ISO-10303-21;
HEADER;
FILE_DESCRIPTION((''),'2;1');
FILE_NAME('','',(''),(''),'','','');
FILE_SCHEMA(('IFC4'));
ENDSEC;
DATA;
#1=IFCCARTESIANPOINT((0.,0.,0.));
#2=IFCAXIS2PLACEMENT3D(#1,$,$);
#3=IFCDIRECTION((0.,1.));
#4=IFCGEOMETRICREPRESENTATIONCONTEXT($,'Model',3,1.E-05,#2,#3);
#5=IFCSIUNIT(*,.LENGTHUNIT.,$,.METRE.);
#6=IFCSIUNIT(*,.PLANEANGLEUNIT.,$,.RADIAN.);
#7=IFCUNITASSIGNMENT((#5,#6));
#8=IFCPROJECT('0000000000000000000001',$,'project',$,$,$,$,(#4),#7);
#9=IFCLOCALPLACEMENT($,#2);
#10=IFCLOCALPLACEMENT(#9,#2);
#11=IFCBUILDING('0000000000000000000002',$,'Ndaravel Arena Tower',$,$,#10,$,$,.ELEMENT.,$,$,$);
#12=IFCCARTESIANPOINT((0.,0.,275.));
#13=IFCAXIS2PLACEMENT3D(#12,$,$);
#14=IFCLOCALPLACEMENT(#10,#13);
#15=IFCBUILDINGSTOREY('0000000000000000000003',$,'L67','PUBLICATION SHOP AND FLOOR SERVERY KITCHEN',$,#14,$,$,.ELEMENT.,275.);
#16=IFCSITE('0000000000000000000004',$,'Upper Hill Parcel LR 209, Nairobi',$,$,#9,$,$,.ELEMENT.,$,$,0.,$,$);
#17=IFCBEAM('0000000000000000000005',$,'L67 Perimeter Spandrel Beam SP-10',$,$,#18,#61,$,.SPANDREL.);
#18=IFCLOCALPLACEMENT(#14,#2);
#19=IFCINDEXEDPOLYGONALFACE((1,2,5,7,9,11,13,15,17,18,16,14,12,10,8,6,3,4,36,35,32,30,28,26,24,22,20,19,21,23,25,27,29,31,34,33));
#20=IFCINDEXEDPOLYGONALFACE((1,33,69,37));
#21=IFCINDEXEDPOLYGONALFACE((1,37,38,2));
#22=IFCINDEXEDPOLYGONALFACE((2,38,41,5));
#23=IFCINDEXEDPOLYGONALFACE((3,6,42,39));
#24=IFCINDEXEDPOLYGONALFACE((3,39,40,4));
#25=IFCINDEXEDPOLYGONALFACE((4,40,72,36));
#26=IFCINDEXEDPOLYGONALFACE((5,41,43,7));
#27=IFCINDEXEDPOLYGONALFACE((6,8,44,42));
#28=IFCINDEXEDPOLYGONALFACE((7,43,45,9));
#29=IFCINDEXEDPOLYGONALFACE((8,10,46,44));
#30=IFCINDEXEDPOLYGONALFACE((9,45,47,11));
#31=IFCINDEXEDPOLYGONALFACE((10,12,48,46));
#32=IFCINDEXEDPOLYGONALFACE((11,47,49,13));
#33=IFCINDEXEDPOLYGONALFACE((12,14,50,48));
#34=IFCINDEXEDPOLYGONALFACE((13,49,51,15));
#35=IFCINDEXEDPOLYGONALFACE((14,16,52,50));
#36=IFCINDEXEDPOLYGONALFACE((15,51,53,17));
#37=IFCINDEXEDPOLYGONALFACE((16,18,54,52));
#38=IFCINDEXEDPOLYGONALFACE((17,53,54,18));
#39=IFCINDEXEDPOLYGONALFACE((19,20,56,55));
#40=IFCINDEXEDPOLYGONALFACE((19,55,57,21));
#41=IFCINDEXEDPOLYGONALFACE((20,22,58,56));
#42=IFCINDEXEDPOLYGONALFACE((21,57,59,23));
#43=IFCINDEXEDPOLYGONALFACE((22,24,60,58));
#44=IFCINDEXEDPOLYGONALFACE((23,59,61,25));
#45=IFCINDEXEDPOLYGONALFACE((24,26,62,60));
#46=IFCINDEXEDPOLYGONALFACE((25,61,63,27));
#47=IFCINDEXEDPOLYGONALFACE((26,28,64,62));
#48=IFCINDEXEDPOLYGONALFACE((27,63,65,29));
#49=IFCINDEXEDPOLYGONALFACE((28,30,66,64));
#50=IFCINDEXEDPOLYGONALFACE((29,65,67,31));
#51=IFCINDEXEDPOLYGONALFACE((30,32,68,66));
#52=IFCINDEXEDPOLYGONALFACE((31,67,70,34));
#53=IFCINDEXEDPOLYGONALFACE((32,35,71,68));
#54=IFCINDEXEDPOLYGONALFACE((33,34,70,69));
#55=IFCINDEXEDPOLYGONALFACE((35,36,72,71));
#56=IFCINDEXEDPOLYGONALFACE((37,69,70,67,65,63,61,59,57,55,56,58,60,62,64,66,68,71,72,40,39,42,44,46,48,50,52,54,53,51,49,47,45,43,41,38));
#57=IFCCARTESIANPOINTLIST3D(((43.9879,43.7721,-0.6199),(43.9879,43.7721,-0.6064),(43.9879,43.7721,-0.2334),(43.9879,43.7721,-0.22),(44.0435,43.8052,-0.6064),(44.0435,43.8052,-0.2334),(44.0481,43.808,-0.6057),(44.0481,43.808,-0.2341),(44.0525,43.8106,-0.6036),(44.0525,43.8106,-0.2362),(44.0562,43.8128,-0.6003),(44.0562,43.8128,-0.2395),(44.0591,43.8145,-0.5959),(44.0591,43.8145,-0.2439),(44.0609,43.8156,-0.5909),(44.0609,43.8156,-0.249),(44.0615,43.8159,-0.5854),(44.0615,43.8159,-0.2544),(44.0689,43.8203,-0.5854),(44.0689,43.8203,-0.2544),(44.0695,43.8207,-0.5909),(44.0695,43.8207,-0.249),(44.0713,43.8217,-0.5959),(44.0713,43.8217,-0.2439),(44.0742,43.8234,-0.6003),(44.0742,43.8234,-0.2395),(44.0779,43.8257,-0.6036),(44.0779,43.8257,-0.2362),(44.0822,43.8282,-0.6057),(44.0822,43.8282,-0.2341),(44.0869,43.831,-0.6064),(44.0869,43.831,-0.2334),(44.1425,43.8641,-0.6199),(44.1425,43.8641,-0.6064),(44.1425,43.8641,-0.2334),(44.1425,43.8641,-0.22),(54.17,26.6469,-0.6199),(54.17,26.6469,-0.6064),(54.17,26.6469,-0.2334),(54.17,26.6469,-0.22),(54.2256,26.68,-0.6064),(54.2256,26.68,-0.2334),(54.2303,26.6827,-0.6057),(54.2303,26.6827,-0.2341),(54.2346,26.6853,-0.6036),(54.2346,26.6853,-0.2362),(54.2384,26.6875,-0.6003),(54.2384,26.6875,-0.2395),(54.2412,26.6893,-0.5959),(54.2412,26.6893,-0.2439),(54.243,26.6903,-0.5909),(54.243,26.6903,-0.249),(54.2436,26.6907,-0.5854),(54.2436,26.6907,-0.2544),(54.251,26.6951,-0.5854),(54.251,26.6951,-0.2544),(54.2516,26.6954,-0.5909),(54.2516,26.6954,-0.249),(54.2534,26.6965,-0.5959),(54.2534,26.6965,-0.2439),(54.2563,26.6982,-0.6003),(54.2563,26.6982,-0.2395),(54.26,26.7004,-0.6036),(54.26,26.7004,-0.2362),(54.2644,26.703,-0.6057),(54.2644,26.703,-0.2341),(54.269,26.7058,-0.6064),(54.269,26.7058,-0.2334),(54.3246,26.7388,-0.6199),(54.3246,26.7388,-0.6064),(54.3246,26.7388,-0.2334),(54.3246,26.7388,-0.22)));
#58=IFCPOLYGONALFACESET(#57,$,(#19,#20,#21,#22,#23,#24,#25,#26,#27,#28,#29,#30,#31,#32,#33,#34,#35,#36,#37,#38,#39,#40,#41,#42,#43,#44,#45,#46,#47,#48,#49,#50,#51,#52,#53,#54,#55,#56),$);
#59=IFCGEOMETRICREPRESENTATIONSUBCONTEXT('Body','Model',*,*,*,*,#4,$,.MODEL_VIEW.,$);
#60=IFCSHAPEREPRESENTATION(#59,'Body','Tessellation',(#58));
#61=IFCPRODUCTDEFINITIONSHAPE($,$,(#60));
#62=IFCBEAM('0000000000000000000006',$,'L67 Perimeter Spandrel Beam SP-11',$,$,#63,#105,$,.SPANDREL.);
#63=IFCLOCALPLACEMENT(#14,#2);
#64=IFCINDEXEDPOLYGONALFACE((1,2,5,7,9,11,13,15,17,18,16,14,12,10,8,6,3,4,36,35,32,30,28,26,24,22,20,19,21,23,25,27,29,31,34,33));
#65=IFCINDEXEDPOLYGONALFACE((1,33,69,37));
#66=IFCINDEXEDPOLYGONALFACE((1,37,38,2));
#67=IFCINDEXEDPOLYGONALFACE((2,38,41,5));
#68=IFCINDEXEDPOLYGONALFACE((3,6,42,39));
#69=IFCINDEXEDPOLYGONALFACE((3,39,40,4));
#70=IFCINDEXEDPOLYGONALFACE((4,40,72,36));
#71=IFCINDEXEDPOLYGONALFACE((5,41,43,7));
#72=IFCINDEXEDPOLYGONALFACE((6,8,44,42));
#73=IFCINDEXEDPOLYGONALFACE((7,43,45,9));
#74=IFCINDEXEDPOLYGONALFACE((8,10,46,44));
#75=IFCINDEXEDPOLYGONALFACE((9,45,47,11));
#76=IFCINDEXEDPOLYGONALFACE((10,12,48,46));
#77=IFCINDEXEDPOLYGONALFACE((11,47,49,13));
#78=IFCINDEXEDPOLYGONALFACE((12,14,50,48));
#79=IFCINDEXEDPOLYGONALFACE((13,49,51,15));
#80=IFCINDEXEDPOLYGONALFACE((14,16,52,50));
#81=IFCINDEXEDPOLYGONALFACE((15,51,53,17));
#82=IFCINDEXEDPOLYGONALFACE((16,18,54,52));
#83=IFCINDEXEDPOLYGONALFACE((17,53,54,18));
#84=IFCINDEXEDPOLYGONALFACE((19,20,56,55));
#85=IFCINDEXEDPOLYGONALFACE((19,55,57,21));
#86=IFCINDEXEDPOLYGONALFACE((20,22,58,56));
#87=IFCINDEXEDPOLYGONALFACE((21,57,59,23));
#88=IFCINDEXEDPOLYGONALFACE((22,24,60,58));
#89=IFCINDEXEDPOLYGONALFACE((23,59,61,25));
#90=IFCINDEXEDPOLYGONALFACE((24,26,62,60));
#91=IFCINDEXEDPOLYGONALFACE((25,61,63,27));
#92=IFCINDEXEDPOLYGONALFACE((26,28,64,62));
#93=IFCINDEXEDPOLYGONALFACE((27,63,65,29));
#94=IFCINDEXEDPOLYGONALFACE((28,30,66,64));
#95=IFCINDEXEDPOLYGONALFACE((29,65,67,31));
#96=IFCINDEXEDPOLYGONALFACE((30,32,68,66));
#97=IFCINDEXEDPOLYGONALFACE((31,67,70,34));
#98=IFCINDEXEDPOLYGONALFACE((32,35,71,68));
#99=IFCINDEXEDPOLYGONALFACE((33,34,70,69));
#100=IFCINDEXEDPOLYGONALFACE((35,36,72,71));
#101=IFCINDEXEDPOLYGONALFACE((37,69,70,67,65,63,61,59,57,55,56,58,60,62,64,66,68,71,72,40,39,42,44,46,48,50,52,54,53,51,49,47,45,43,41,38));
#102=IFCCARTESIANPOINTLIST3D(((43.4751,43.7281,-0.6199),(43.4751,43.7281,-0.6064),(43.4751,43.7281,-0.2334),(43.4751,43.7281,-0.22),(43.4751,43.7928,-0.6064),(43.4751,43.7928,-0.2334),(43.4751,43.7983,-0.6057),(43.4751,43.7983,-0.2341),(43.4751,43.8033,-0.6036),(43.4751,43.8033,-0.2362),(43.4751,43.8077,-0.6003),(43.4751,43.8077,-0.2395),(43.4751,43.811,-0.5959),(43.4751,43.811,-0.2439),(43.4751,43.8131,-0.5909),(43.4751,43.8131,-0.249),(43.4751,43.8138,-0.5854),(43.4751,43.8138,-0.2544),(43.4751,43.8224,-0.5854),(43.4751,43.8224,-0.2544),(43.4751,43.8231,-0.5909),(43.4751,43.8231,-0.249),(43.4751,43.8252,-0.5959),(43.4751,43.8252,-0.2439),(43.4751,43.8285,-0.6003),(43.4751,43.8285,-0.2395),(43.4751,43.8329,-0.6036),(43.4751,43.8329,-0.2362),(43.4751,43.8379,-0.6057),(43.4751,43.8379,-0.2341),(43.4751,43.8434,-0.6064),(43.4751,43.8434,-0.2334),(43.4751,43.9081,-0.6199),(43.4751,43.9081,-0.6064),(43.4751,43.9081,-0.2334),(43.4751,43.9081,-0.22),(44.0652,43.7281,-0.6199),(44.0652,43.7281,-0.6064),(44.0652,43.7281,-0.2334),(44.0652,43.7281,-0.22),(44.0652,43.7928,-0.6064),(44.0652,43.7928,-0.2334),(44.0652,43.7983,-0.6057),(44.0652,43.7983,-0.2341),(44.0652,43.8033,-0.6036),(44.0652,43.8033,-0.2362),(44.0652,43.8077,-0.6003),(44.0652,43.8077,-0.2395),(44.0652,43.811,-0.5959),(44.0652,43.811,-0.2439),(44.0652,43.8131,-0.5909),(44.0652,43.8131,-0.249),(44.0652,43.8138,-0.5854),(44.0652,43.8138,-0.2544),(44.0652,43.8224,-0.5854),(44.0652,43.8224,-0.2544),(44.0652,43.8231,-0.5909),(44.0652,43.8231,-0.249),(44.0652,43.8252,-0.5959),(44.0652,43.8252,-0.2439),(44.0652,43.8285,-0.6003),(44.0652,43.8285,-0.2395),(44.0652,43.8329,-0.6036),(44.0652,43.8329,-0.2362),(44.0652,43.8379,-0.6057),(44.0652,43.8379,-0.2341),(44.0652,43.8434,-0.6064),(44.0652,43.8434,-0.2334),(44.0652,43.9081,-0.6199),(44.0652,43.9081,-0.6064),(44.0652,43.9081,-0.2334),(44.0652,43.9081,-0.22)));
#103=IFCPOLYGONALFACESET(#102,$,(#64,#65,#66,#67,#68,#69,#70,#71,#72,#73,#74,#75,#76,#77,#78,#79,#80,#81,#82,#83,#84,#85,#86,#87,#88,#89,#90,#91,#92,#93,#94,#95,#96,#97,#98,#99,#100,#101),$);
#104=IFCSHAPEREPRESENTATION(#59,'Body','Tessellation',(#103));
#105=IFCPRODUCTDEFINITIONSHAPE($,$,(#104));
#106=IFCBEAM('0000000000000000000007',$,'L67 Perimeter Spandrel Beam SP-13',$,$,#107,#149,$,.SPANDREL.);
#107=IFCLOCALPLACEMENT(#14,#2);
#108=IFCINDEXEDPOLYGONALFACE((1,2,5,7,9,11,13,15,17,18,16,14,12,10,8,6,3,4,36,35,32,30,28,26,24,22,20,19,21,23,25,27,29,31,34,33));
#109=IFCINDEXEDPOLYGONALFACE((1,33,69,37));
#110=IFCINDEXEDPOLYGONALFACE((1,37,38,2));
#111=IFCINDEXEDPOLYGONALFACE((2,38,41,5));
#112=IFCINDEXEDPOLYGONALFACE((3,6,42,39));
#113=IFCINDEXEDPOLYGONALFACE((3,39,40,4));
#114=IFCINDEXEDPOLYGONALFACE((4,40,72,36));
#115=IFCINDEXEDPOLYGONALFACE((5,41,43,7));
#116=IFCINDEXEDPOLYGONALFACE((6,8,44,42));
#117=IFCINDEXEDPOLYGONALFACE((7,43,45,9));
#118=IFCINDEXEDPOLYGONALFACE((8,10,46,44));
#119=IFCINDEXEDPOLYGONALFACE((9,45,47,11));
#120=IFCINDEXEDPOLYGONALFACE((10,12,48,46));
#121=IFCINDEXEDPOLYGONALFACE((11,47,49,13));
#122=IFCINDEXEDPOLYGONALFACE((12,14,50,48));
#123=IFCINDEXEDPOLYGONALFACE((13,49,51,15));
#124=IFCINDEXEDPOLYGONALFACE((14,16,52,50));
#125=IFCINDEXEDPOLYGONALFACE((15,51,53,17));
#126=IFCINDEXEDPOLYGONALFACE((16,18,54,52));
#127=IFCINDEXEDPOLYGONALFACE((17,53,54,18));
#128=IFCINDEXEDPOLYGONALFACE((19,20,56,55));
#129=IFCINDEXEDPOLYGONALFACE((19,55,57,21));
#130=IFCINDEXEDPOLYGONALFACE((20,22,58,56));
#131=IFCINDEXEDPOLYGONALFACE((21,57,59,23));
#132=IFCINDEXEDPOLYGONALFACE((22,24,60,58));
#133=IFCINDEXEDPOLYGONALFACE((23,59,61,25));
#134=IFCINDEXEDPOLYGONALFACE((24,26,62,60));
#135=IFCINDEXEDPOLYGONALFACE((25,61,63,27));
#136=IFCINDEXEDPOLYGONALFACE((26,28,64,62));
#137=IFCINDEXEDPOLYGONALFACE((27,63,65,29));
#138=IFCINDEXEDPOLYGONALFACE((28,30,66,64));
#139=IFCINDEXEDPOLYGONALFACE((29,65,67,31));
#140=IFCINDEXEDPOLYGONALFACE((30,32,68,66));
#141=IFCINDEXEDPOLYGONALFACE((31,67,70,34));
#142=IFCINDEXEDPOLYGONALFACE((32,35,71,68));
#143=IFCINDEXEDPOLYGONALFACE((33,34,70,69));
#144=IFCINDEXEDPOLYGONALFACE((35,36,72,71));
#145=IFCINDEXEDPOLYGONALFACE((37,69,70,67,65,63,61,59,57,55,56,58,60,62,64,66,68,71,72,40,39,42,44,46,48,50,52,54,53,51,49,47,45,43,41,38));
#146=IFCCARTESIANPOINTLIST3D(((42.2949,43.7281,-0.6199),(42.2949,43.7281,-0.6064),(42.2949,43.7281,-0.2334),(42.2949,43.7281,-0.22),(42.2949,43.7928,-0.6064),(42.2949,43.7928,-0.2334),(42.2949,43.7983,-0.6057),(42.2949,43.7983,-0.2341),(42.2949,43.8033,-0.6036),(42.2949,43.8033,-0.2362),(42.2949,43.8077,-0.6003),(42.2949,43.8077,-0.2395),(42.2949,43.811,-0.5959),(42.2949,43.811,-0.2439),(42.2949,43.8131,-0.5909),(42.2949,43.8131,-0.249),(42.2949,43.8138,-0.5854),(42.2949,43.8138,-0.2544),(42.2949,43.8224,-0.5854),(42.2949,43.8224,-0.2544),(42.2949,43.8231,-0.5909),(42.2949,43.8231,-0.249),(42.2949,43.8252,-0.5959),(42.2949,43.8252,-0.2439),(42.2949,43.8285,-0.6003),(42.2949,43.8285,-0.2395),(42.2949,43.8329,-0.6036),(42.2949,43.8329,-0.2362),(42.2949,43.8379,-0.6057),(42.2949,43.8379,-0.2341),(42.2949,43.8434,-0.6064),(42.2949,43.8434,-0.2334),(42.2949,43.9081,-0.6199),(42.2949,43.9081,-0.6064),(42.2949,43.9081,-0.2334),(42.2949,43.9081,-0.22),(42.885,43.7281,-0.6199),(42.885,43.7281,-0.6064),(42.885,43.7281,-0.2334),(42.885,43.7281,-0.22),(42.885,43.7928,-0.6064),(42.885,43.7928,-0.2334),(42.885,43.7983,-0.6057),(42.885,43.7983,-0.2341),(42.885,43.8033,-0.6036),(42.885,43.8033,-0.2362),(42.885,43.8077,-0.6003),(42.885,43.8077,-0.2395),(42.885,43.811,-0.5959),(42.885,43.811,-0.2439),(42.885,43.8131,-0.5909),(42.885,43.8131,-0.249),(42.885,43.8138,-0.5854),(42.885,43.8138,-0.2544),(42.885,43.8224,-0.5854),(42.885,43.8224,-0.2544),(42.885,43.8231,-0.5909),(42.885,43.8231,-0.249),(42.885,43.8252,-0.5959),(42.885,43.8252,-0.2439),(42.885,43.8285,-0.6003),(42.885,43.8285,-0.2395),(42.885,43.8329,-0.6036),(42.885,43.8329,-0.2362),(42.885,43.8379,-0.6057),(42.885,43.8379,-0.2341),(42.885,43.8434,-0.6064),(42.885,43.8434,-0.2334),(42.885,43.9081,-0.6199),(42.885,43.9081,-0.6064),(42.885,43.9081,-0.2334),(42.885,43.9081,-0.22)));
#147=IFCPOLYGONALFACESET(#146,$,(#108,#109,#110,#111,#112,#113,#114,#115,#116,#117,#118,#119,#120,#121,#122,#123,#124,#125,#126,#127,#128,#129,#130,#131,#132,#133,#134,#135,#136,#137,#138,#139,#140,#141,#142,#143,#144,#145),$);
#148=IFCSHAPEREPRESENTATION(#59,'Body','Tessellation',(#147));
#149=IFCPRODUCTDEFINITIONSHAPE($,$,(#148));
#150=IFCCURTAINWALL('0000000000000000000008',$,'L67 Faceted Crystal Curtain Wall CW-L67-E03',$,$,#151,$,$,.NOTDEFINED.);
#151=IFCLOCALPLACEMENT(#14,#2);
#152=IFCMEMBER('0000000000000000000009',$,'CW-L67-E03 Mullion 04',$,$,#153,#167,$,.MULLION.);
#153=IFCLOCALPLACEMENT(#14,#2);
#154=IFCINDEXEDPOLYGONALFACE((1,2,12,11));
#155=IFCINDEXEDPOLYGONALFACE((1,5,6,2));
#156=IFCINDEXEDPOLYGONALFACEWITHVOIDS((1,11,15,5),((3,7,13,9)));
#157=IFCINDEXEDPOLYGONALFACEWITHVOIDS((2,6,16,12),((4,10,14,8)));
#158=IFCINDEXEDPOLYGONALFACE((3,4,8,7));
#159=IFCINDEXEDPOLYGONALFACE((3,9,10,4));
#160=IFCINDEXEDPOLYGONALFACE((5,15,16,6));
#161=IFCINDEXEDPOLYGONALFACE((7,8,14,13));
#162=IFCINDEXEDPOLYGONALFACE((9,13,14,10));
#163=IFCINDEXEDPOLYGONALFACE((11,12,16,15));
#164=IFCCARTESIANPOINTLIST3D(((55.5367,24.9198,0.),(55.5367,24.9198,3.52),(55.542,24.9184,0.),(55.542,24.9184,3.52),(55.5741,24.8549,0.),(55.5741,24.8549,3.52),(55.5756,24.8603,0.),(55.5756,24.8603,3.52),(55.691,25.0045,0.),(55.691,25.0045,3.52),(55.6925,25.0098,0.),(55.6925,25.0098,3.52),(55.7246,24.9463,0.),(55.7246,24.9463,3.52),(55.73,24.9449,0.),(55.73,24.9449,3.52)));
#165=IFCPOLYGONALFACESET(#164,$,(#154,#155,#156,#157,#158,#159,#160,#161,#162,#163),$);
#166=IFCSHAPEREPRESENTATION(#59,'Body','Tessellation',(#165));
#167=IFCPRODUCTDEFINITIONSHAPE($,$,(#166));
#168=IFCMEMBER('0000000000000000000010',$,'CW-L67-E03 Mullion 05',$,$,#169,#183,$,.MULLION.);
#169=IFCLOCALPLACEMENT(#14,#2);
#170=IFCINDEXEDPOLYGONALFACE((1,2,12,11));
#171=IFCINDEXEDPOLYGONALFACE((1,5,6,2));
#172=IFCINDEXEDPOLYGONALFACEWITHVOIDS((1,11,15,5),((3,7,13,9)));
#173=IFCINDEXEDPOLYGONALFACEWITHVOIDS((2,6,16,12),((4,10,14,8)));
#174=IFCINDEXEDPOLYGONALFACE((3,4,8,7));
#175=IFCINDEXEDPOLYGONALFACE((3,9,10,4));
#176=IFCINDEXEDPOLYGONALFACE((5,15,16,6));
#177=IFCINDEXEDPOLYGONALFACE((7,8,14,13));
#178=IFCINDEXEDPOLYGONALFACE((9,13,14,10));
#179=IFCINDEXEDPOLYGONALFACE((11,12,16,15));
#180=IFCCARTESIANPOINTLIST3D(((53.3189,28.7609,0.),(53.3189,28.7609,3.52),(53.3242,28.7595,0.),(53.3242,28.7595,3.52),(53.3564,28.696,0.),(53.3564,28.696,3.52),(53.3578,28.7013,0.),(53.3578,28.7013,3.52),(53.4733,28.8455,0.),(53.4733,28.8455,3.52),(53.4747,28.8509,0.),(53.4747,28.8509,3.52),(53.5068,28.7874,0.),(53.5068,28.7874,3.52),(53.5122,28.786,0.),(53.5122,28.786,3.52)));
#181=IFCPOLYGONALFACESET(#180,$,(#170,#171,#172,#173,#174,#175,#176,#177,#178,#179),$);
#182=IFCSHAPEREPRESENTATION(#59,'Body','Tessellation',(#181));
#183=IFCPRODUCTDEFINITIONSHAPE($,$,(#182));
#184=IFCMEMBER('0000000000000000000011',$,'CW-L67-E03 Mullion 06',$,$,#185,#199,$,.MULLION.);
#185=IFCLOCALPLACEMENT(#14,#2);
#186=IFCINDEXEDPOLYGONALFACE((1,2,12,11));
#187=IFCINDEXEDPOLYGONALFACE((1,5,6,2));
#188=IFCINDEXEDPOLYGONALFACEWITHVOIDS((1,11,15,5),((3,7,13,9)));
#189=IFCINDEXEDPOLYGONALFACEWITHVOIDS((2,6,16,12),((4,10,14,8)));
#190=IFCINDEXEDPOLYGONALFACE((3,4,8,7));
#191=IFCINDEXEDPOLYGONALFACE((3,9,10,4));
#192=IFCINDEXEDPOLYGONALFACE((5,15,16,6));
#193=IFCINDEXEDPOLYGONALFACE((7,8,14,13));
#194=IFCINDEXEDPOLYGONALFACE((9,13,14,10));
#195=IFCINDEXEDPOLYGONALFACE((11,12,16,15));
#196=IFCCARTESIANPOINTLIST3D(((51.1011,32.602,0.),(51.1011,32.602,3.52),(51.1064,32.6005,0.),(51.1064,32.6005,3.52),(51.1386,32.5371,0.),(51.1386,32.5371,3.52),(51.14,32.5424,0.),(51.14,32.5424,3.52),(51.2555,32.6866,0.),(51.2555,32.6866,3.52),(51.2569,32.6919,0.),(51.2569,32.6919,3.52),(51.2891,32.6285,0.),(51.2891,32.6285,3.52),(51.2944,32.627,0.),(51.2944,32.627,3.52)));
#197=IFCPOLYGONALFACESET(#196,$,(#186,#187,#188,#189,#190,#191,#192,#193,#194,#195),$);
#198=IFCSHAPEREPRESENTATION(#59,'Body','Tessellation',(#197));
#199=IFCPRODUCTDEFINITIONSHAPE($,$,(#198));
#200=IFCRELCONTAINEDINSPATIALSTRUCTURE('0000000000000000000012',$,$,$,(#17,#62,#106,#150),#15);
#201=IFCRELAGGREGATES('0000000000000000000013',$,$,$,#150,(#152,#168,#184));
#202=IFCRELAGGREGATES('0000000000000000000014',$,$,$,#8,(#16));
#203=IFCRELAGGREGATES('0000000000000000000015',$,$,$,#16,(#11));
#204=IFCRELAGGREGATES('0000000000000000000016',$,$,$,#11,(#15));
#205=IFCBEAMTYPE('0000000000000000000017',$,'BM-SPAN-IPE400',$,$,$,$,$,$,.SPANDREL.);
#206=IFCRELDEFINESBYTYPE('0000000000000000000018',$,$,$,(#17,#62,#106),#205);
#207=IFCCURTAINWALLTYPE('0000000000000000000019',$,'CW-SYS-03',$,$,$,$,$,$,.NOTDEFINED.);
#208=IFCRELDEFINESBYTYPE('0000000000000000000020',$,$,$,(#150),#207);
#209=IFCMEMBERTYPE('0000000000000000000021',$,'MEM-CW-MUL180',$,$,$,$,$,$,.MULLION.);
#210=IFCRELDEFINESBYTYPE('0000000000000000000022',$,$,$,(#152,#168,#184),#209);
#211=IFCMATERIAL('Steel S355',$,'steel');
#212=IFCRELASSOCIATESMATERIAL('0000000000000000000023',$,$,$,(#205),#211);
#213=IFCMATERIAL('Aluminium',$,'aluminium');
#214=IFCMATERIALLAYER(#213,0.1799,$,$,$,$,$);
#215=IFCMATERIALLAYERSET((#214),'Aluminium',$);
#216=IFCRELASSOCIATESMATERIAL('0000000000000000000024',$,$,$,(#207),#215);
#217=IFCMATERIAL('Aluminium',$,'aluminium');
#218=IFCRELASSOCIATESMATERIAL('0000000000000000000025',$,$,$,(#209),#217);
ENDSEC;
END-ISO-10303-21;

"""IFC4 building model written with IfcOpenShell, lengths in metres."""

from ifc_helpers import new_model, si_unit, direction, frame, origin, origin_2d, place, context, subcontext, project, spatial, hollow_rectangle, i_section, extrude, material, layer, layer_set, material_profile, profile_set, type_object, element, aggregate, save


model = new_model("IFC4")

# Units and contexts
model_context = context("Model", 3, precision=1e-05, world=origin(), true_north=direction((0.0, 1.0)))
body_context = subcontext(model_context, "Body", "Model", "MODEL_VIEW")
ifc_project = project(units=[si_unit("LENGTHUNIT", "METRE"), si_unit("PLANEANGLEUNIT", "RADIAN")], contexts=[model_context])

# Site, building, storey
site_placement = place(None, origin())
site = spatial("IfcSite", under=ifc_project, at=site_placement, Name="Upper Hill Parcel LR 209, Nairobi", CompositionType="ELEMENT", RefElevation=0.0)
building_placement = place(site_placement, origin())
building = spatial("IfcBuilding", under=site, at=building_placement, Name="Ndaravel Arena Tower", CompositionType="ELEMENT")
storey_placement = place(building_placement, frame((0.0, 0.0, 275.0)))
storey = spatial("IfcBuildingStorey", under=building, at=storey_placement, Name="L67", Description="PUBLICATION SHOP AND FLOOR SERVERY KITCHEN", CompositionType="ELEMENT", Elevation=275.0)

# Beams
ifc_material_1 = material(Name="Steel S355", Category="steel")
ifc_material_profile_1 = material_profile(ifc_material_1, i_section(OverallWidth=0.1799, OverallDepth=0.3999, WebThickness=0.0085, FlangeThickness=0.0134, FilletRadius=0.021, at=origin_2d()), Name="IPE 400")
ifc_profile_set_1 = profile_set([ifc_material_profile_1], Name="Steel S355")
beam_type_1 = type_object("IfcBeamType", Name="BM-SPAN-IPE400", PredefinedType="SPANDREL", material=ifc_profile_set_1)
beam_1_placement = place(storey_placement, frame((54.2473, 26.6929, -0.4199), z_axis=(-0.511059, 0.859546, 0.0), x_axis=(-0.859546, -0.511059, 0.0)))
element("IfcBeam", 1, at=beam_1_placement, inside=storey, type_object=beam_type_1, Name="L67 Perimeter Spandrel Beam SP-10", PredefinedType="SPANDREL", context=body_context, shape_type="SweptSolid", body=[
    extrude(i_section(OverallWidth=0.1799, OverallDepth=0.3999, WebThickness=0.0085, FlangeThickness=0.0134, FilletRadius=0.021, at=origin_2d()), origin(), (0.0, 0.0, 1.0), 19.9236),
])
for number, where, z_axis, x_axis, name in (
    (2, (44.0652, 43.8181, -0.4199), (-1.0, 0.0, 0.0), (0.0, -1.0, 0.0), "L67 Perimeter Spandrel Beam SP-11"),
    (3, (42.885, 43.8181, -0.4199), (-1.0, 0.0, 0.0), (0.0, -1.0, 0.0), "L67 Perimeter Spandrel Beam SP-13"),
):
    element("IfcBeam", number, at=place(storey_placement, frame(where, z_axis=z_axis, x_axis=x_axis)), inside=storey, type_object=beam_type_1, Name=name, PredefinedType="SPANDREL", context=body_context, shape_type="SweptSolid", body=[
        extrude(i_section(OverallWidth=0.1799, OverallDepth=0.3999, WebThickness=0.0085, FlangeThickness=0.0134, FilletRadius=0.021, at=origin_2d()), origin(), (0.0, 0.0, 1.0), 0.5901),
    ])

# Curtain wall, members
ifc_material_2 = material(Name="Aluminium", Category="aluminium")
ifc_layer_1 = layer(ifc_material_2, 0.1799)
ifc_layer_set_1 = layer_set([ifc_layer_1], Name="Aluminium")
curtain_wall_type_1 = type_object("IfcCurtainWallType", Name="CW-SYS-03", PredefinedType="NOTDEFINED", material=ifc_layer_set_1)
curtain_wall_1_placement = place(storey_placement, origin())
curtain_wall_1 = element("IfcCurtainWall", 4, at=curtain_wall_1_placement, inside=storey, type_object=curtain_wall_type_1, Name="L67 Faceted Crystal Curtain Wall CW-L67-E03", PredefinedType="NOTDEFINED")
ifc_material_3 = material(Name="Aluminium", Category="aluminium")
ifc_material_profile_2 = material_profile(ifc_material_3, hollow_rectangle(XDim=0.075, YDim=0.1799, WallThickness=0.0039, at=origin_2d()), Name="CW MULLION 75x180x4")
ifc_profile_set_2 = profile_set([ifc_material_profile_2], Name="Aluminium")
member_type_1 = type_object("IfcMemberType", Name="MEM-CW-MUL180", PredefinedType="MULLION", material=ifc_profile_set_2)
member_1_placement = place(storey_placement, frame((55.6333, 24.9324, 0.0), z_axis=(0.0, 0.0, 1.0), x_axis=(-0.5, 0.866025, 0.0)))
member_1 = element("IfcMember", 5, at=member_1_placement, type_object=member_type_1, Name="CW-L67-E03 Mullion 04", PredefinedType="MULLION", context=body_context, shape_type="SweptSolid", body=[
    extrude(hollow_rectangle(XDim=0.075, YDim=0.1799, WallThickness=0.0039, at=origin_2d()), origin(), (0.0, 0.0, 1.0), 3.52),
])
member_2_placement = place(storey_placement, frame((53.4155, 28.7734, 0.0), z_axis=(0.0, 0.0, 1.0), x_axis=(-0.5, 0.866025, 0.0)))
member_2 = element("IfcMember", 6, at=member_2_placement, type_object=member_type_1, Name="CW-L67-E03 Mullion 05", PredefinedType="MULLION", context=body_context, shape_type="SweptSolid", body=[
    extrude(hollow_rectangle(XDim=0.075, YDim=0.1799, WallThickness=0.0039, at=origin_2d()), origin(), (0.0, 0.0, 1.0), 3.52),
])
member_3_placement = place(storey_placement, frame((51.1978, 32.6145, 0.0), z_axis=(0.0, 0.0, 1.0), x_axis=(-0.5, 0.866025, 0.0)))
member_3 = element("IfcMember", 7, at=member_3_placement, type_object=member_type_1, Name="CW-L67-E03 Mullion 06", PredefinedType="MULLION", context=body_context, shape_type="SweptSolid", body=[
    extrude(hollow_rectangle(XDim=0.075, YDim=0.1799, WallThickness=0.0039, at=origin_2d()), origin(), (0.0, 0.0, 1.0), 3.52),
])

aggregate(curtain_wall_1, [member_1, member_2, member_3])

save(model, "model.ifc")
